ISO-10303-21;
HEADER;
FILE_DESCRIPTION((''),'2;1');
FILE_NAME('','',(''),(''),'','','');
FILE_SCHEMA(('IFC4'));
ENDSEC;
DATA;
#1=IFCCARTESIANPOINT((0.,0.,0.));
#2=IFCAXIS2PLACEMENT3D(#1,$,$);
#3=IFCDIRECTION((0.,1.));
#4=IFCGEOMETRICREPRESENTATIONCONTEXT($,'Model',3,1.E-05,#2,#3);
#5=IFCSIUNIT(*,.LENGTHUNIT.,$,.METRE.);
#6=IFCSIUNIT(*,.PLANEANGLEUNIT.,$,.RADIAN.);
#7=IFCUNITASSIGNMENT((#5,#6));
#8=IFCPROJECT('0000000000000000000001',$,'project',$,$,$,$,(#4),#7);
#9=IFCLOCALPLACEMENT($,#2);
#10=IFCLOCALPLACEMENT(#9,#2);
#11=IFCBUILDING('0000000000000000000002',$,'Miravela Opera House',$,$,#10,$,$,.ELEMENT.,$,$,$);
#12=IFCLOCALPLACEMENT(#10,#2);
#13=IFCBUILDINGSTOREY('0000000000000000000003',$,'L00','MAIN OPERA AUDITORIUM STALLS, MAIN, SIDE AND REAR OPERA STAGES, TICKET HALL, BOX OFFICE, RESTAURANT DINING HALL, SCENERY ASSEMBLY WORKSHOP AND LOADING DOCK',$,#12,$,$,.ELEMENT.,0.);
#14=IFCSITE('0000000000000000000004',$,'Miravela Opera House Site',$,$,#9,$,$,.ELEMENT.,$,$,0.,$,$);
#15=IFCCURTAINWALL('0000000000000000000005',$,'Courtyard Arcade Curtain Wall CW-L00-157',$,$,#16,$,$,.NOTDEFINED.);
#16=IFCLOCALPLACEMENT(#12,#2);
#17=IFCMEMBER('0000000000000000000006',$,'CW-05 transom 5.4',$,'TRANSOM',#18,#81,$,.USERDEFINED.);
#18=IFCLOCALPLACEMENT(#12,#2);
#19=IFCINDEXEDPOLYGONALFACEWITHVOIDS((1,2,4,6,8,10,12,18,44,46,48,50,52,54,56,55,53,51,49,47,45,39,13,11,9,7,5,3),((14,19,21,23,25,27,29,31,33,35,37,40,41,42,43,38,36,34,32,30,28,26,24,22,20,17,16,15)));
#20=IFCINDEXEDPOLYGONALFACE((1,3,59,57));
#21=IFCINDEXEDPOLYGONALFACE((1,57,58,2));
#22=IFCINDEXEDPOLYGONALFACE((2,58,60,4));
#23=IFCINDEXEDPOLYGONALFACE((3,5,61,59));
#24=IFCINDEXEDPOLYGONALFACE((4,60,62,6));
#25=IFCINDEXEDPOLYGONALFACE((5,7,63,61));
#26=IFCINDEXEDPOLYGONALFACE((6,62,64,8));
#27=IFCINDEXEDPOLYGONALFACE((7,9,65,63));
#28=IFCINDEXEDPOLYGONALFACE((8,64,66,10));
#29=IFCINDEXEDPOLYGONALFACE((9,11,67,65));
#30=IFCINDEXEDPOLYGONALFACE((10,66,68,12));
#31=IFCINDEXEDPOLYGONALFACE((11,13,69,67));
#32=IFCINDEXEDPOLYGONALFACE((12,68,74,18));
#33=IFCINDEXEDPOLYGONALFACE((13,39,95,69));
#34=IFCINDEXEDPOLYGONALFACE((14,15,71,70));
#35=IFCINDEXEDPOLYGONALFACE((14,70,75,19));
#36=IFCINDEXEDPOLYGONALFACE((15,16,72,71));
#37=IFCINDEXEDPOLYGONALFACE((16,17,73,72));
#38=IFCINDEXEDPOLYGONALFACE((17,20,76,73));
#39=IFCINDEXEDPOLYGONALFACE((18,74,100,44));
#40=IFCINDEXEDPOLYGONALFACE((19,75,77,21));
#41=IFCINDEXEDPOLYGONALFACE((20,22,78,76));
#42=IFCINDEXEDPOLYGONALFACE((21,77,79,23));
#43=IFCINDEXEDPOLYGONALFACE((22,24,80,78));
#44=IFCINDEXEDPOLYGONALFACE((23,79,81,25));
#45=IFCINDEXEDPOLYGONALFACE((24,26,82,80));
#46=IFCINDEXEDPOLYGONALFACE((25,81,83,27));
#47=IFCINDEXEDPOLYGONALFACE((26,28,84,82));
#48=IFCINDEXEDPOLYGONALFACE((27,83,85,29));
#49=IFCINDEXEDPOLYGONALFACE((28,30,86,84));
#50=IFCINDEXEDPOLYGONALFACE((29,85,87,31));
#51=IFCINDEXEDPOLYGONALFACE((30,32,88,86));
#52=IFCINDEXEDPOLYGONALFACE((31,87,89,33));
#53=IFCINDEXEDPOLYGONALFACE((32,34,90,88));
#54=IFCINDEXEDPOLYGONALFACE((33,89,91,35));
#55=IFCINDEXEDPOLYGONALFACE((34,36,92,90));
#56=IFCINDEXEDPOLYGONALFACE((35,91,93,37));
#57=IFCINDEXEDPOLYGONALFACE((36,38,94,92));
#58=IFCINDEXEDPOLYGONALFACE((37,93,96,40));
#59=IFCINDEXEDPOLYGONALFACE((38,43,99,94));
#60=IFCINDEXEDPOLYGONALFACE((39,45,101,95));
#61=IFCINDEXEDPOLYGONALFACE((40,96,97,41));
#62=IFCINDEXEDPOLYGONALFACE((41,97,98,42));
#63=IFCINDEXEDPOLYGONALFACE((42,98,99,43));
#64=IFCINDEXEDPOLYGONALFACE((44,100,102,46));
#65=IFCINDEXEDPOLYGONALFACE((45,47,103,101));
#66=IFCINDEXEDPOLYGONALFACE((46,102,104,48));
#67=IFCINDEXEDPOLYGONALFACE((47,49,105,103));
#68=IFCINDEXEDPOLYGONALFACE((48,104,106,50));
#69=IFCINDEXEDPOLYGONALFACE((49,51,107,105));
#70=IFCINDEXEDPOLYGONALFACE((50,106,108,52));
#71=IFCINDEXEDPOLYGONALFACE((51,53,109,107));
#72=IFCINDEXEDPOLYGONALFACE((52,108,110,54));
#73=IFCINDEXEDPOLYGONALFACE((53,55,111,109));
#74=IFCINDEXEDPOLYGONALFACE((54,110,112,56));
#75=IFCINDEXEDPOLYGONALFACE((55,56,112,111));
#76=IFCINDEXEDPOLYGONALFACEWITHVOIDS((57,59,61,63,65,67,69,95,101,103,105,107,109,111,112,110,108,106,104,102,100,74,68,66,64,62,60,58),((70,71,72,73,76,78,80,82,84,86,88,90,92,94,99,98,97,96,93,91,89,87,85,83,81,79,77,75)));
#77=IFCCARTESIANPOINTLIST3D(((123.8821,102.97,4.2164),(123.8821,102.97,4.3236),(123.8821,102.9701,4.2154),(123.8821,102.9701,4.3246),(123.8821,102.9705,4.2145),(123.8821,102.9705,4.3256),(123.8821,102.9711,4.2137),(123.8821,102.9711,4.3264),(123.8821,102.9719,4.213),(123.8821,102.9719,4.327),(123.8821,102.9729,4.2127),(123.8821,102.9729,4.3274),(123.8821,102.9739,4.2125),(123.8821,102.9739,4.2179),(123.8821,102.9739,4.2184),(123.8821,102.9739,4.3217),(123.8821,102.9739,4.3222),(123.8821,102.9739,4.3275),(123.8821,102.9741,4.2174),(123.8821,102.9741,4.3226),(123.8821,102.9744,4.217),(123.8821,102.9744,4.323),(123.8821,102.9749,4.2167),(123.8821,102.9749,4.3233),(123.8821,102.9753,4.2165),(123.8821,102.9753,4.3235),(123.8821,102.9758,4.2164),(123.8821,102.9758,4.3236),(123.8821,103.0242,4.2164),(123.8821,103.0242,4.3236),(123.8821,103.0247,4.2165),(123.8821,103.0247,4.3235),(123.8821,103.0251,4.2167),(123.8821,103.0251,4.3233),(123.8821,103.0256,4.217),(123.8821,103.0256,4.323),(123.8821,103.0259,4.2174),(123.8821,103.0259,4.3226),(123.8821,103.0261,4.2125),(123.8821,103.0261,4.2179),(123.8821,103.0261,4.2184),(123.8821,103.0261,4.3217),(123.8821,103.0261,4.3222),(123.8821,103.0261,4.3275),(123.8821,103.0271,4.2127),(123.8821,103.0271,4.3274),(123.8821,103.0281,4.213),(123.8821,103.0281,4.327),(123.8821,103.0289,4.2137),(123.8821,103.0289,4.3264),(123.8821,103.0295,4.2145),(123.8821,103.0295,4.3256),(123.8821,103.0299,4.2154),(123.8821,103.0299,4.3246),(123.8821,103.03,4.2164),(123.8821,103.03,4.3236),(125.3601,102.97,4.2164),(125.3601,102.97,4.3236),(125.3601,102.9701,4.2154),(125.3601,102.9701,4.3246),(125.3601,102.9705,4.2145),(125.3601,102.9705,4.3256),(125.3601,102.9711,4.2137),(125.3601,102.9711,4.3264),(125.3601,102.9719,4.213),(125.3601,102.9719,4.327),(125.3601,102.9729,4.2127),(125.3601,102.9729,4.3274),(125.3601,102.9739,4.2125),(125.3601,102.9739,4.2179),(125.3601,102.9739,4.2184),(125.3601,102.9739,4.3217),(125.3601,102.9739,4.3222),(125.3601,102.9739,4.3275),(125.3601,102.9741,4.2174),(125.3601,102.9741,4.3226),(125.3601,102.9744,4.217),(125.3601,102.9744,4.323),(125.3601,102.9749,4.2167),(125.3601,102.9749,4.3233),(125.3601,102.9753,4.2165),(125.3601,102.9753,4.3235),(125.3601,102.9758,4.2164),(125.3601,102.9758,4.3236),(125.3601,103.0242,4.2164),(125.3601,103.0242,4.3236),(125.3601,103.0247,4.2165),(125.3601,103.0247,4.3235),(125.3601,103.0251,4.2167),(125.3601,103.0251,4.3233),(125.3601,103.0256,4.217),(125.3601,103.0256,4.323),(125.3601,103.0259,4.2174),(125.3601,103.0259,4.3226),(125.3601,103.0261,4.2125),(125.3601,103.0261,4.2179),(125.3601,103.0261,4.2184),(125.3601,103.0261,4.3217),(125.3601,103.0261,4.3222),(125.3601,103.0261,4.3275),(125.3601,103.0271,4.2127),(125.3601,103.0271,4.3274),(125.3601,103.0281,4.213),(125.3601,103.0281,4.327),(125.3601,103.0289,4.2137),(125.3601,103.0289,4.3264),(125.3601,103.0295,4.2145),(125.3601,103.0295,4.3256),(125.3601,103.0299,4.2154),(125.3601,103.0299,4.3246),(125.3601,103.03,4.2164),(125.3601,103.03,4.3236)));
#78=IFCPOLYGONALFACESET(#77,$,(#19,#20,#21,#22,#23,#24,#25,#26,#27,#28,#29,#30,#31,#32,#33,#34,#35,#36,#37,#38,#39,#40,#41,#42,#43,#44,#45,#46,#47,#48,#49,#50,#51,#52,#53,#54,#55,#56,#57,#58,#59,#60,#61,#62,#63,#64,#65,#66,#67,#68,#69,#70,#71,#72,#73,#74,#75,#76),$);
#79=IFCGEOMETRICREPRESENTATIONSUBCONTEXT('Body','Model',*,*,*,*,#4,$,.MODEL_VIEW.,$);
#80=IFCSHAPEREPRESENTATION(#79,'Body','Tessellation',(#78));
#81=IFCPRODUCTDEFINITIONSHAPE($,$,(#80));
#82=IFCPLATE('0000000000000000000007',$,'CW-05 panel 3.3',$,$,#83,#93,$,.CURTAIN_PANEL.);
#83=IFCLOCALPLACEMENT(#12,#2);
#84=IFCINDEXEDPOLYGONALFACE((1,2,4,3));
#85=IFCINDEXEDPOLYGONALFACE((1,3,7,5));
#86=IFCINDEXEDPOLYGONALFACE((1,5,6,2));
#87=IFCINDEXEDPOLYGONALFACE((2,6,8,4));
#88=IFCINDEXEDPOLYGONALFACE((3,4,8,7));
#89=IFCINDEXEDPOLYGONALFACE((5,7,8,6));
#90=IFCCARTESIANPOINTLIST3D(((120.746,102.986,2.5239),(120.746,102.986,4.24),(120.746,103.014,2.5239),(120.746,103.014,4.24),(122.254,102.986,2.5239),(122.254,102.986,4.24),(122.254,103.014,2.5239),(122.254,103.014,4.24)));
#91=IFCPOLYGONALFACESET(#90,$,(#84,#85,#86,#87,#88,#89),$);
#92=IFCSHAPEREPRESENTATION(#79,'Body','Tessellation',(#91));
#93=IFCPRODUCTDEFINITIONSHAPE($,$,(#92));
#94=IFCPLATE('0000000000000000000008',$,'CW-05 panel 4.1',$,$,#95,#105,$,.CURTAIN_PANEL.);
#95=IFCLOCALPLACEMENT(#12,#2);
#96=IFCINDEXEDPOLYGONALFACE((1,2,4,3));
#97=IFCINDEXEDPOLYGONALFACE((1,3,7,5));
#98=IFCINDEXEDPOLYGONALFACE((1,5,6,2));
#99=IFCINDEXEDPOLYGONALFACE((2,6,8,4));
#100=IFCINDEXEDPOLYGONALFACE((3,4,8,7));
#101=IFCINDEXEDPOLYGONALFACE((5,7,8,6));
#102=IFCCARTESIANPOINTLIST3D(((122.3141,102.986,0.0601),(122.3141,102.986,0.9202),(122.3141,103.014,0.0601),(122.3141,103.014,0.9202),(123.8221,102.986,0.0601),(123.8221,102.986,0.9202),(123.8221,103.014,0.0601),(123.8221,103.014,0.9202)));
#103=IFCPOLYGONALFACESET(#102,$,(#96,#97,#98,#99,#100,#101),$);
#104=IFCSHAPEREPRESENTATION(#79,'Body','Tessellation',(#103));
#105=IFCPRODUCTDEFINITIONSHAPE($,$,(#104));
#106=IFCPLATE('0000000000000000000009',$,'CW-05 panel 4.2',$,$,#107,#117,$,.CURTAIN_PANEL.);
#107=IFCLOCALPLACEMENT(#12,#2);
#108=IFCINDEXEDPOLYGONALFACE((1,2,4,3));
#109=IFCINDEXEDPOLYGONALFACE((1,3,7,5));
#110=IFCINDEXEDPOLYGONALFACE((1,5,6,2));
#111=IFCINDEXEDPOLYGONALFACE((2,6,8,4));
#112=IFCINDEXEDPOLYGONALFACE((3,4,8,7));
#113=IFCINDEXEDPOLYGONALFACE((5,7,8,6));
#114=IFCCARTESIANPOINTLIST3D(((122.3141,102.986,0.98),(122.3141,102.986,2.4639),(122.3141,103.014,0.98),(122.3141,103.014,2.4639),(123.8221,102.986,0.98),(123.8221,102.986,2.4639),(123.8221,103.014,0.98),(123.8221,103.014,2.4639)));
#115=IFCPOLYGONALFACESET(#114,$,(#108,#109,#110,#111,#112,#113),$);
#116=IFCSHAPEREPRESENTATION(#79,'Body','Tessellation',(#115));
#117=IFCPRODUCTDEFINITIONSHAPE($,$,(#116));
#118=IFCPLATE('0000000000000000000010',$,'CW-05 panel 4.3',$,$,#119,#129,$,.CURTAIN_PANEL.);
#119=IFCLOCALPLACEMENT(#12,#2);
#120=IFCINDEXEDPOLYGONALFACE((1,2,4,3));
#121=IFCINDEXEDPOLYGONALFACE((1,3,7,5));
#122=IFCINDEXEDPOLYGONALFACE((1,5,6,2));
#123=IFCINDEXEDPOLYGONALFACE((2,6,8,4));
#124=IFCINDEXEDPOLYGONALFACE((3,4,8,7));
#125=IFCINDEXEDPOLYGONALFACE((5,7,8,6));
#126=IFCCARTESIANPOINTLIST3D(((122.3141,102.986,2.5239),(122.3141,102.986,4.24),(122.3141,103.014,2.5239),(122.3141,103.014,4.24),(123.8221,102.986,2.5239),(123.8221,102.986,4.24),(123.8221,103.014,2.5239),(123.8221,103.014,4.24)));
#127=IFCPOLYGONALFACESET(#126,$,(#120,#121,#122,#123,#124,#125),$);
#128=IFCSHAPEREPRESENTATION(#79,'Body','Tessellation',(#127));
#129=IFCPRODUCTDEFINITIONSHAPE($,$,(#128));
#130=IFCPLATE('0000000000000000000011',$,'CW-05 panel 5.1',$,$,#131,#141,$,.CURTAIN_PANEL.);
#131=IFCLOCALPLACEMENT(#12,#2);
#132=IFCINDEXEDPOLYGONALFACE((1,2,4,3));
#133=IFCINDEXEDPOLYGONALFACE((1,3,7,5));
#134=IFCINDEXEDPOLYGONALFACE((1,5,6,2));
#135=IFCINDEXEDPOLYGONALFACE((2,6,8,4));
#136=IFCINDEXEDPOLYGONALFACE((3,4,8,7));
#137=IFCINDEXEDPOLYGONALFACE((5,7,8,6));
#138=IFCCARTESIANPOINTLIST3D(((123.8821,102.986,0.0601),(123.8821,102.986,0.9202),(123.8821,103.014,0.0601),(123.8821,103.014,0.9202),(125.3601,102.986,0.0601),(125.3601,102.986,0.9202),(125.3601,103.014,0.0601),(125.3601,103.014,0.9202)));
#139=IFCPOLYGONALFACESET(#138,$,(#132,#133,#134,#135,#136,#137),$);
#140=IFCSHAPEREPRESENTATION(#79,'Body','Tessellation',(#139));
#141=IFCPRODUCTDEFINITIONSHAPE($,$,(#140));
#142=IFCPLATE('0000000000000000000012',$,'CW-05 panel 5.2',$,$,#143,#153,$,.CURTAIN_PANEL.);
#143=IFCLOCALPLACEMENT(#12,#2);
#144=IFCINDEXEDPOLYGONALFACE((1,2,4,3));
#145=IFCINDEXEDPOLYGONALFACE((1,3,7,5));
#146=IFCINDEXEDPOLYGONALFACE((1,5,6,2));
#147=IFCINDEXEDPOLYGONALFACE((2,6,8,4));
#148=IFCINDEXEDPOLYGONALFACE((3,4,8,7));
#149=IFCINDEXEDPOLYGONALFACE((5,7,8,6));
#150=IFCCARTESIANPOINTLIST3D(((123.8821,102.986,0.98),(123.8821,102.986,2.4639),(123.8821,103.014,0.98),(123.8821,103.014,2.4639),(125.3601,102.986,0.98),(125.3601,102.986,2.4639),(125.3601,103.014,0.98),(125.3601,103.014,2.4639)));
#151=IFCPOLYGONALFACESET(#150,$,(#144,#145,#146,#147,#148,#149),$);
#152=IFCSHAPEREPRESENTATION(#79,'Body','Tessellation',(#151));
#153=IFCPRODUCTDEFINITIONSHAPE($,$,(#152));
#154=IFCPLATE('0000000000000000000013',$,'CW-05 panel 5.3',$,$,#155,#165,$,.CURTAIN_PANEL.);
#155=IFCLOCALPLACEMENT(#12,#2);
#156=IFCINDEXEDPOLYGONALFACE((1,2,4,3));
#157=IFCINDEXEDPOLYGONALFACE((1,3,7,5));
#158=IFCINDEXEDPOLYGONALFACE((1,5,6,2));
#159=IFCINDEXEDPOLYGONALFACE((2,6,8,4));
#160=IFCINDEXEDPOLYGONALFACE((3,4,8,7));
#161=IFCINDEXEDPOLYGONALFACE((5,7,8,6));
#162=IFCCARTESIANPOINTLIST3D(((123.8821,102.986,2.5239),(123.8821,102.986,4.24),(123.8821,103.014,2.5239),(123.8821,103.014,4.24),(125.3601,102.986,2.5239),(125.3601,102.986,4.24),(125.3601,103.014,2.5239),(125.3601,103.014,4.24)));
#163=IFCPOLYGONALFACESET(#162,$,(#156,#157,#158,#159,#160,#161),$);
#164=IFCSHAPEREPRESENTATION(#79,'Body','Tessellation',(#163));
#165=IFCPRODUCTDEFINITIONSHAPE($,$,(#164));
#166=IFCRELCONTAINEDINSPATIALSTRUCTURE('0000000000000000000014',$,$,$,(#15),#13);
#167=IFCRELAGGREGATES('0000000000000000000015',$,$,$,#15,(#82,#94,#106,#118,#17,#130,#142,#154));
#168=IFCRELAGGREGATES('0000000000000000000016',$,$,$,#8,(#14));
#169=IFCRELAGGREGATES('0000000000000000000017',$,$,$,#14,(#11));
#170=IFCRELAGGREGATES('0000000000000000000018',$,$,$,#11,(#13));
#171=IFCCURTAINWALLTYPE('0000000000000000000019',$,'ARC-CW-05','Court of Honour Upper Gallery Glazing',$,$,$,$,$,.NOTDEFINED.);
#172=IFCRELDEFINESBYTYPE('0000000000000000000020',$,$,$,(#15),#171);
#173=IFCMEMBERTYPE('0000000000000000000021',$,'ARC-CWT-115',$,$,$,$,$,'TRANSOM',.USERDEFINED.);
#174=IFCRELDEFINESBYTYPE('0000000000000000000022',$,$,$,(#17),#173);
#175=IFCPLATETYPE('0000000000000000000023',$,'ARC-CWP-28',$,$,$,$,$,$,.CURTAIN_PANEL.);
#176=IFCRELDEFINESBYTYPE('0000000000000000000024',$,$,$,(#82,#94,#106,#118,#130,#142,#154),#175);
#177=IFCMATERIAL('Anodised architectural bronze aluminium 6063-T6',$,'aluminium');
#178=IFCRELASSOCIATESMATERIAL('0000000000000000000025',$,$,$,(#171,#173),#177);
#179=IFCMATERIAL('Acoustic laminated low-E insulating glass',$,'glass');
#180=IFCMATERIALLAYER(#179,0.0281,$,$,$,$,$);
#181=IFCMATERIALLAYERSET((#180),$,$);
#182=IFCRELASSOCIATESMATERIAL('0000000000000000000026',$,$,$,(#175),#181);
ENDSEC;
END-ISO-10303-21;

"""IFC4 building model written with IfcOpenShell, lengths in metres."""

from ifc_helpers import new_model, si_unit, direction, frame, origin, origin_2d, place, context, subcontext, project, spatial, rectangle, hollow_rectangle, extrude, material, layer, layer_set, material_profile, profile_set, type_object, element, aggregate, save


model = new_model("IFC4")

# Units and contexts
model_context = context("Model", 3, precision=1e-05, world=origin(), true_north=direction((0.0, 1.0)))
body_context = subcontext(model_context, "Body", "Model", "MODEL_VIEW")
ifc_project = project(units=[si_unit("LENGTHUNIT", "METRE"), si_unit("PLANEANGLEUNIT", "RADIAN")], contexts=[model_context])

# Site, building, storey
site_placement = place(None, origin())
site = spatial("IfcSite", under=ifc_project, at=site_placement, Name="Miravela Opera House Site", CompositionType="ELEMENT", RefElevation=0.0)
building_placement = place(site_placement, origin())
building = spatial("IfcBuilding", under=site, at=building_placement, Name="Miravela Opera House", CompositionType="ELEMENT")
storey_placement = place(building_placement, origin())
storey = spatial("IfcBuildingStorey", under=building, at=storey_placement, Name="L00", Description="MAIN OPERA AUDITORIUM STALLS, MAIN, SIDE AND REAR OPERA STAGES, TICKET HALL, BOX OFFICE, RESTAURANT DINING HALL, SCENERY ASSEMBLY WORKSHOP AND LOADING DOCK", CompositionType="ELEMENT", Elevation=0.0)

# Curtain wall, member, plates
ifc_material_1 = material(Name="Anodised architectural bronze aluminium 6063-T6", Category="aluminium")
curtain_wall_type = type_object("IfcCurtainWallType", Name="ARC-CW-05", Description="Court of Honour Upper Gallery Glazing", PredefinedType="NOTDEFINED", material=ifc_material_1)
curtain_wall_placement = place(storey_placement, origin())
curtain_wall = element("IfcCurtainWall", 1, at=curtain_wall_placement, inside=storey, type_object=curtain_wall_type, Name="Courtyard Arcade Curtain Wall CW-L00-157", PredefinedType="NOTDEFINED")
ifc_material_profile_1 = material_profile(ifc_material_1, hollow_rectangle(XDim=0.0601, YDim=0.115, WallThickness=0.0039, InnerFilletRadius=0.002, OuterFilletRadius=0.0039, at=origin_2d()), Name="CWT-60X115")
ifc_profile_set_1 = profile_set([ifc_material_profile_1])
member_type_1 = type_object("IfcMemberType", Name="ARC-CWT-115", ElementType="TRANSOM", PredefinedType="USERDEFINED", material=ifc_profile_set_1)
member_1_placement = place(storey_placement, frame((123.8821, 103.0, 4.27), z_axis=(1.0, 0.0, 0.0), x_axis=(0.0, 1.0, 0.0)))
member_1 = element("IfcMember", 2, at=member_1_placement, type_object=member_type_1, Name="CW-05 transom 5.4", ObjectType="TRANSOM", PredefinedType="USERDEFINED", context=body_context, shape_type="SweptSolid", body=[
    extrude(hollow_rectangle(XDim=0.0601, YDim=0.115, WallThickness=0.0039, InnerFilletRadius=0.002, OuterFilletRadius=0.0039, at=origin_2d()), origin(), (0.0, 0.0, 1.0), 1.478),
])
ifc_material_2 = material(Name="Acoustic laminated low-E insulating glass", Category="glass")
ifc_layer = layer(ifc_material_2, 0.0281)
ifc_layer_set = layer_set([ifc_layer])
plate_type = type_object("IfcPlateType", Name="ARC-CWP-28", PredefinedType="CURTAIN_PANEL", material=ifc_layer_set)
plate_1_placement = place(storey_placement, frame((121.5, 103.0, 2.5239), z_axis=(0.0, 0.0, 1.0), x_axis=(1.0, 0.0, 0.0)))
plate_1 = element("IfcPlate", 3, at=plate_1_placement, type_object=plate_type, Name="CW-05 panel 3.3", PredefinedType="CURTAIN_PANEL", context=body_context, shape_type="SweptSolid", body=[
    extrude(rectangle(XDim=1.5081, YDim=0.0281, at=origin_2d()), origin(), (0.0, 0.0, 1.0), 1.7161),
])
plate_2_placement = place(storey_placement, frame((123.0681, 103.0, 0.0601), z_axis=(0.0, 0.0, 1.0), x_axis=(1.0, 0.0, 0.0)))
plate_2 = element("IfcPlate", 4, at=plate_2_placement, type_object=plate_type, Name="CW-05 panel 4.1", PredefinedType="CURTAIN_PANEL", context=body_context, shape_type="SweptSolid", body=[
    extrude(rectangle(XDim=1.5081, YDim=0.0281, at=origin_2d()), origin(), (0.0, 0.0, 1.0), 0.8601),
])
plate_3_placement = place(storey_placement, frame((123.0681, 103.0, 0.98), z_axis=(0.0, 0.0, 1.0), x_axis=(1.0, 0.0, 0.0)))
plate_3 = element("IfcPlate", 5, at=plate_3_placement, type_object=plate_type, Name="CW-05 panel 4.2", PredefinedType="CURTAIN_PANEL", context=body_context, shape_type="SweptSolid", body=[
    extrude(rectangle(XDim=1.5081, YDim=0.0281, at=origin_2d()), origin(), (0.0, 0.0, 1.0), 1.4839),
])
plate_4_placement = place(storey_placement, frame((123.0681, 103.0, 2.5239), z_axis=(0.0, 0.0, 1.0), x_axis=(1.0, 0.0, 0.0)))
plate_4 = element("IfcPlate", 6, at=plate_4_placement, type_object=plate_type, Name="CW-05 panel 4.3", PredefinedType="CURTAIN_PANEL", context=body_context, shape_type="SweptSolid", body=[
    extrude(rectangle(XDim=1.5081, YDim=0.0281, at=origin_2d()), origin(), (0.0, 0.0, 1.0), 1.7161),
])
plate_5_placement = place(storey_placement, frame((124.6211, 103.0, 0.0601), z_axis=(0.0, 0.0, 1.0), x_axis=(1.0, 0.0, 0.0)))
plate_5 = element("IfcPlate", 7, at=plate_5_placement, type_object=plate_type, Name="CW-05 panel 5.1", PredefinedType="CURTAIN_PANEL", context=body_context, shape_type="SweptSolid", body=[
    extrude(rectangle(XDim=1.478, YDim=0.0281, at=origin_2d()), origin(), (0.0, 0.0, 1.0), 0.8601),
])
plate_6_placement = place(storey_placement, frame((124.6211, 103.0, 0.98), z_axis=(0.0, 0.0, 1.0), x_axis=(1.0, 0.0, 0.0)))
plate_6 = element("IfcPlate", 8, at=plate_6_placement, type_object=plate_type, Name="CW-05 panel 5.2", PredefinedType="CURTAIN_PANEL", context=body_context, shape_type="SweptSolid", body=[
    extrude(rectangle(XDim=1.478, YDim=0.0281, at=origin_2d()), origin(), (0.0, 0.0, 1.0), 1.4839),
])
plate_7_placement = place(storey_placement, frame((124.6211, 103.0, 2.5239), z_axis=(0.0, 0.0, 1.0), x_axis=(1.0, 0.0, 0.0)))
plate_7 = element("IfcPlate", 9, at=plate_7_placement, type_object=plate_type, Name="CW-05 panel 5.3", PredefinedType="CURTAIN_PANEL", context=body_context, shape_type="SweptSolid", body=[
    extrude(rectangle(XDim=1.478, YDim=0.0281, at=origin_2d()), origin(), (0.0, 0.0, 1.0), 1.7161),
])
aggregate(curtain_wall, [plate_1, plate_2, plate_3, plate_4, member_1, plate_5, plate_6, plate_7])

save(model, "model.ifc")
